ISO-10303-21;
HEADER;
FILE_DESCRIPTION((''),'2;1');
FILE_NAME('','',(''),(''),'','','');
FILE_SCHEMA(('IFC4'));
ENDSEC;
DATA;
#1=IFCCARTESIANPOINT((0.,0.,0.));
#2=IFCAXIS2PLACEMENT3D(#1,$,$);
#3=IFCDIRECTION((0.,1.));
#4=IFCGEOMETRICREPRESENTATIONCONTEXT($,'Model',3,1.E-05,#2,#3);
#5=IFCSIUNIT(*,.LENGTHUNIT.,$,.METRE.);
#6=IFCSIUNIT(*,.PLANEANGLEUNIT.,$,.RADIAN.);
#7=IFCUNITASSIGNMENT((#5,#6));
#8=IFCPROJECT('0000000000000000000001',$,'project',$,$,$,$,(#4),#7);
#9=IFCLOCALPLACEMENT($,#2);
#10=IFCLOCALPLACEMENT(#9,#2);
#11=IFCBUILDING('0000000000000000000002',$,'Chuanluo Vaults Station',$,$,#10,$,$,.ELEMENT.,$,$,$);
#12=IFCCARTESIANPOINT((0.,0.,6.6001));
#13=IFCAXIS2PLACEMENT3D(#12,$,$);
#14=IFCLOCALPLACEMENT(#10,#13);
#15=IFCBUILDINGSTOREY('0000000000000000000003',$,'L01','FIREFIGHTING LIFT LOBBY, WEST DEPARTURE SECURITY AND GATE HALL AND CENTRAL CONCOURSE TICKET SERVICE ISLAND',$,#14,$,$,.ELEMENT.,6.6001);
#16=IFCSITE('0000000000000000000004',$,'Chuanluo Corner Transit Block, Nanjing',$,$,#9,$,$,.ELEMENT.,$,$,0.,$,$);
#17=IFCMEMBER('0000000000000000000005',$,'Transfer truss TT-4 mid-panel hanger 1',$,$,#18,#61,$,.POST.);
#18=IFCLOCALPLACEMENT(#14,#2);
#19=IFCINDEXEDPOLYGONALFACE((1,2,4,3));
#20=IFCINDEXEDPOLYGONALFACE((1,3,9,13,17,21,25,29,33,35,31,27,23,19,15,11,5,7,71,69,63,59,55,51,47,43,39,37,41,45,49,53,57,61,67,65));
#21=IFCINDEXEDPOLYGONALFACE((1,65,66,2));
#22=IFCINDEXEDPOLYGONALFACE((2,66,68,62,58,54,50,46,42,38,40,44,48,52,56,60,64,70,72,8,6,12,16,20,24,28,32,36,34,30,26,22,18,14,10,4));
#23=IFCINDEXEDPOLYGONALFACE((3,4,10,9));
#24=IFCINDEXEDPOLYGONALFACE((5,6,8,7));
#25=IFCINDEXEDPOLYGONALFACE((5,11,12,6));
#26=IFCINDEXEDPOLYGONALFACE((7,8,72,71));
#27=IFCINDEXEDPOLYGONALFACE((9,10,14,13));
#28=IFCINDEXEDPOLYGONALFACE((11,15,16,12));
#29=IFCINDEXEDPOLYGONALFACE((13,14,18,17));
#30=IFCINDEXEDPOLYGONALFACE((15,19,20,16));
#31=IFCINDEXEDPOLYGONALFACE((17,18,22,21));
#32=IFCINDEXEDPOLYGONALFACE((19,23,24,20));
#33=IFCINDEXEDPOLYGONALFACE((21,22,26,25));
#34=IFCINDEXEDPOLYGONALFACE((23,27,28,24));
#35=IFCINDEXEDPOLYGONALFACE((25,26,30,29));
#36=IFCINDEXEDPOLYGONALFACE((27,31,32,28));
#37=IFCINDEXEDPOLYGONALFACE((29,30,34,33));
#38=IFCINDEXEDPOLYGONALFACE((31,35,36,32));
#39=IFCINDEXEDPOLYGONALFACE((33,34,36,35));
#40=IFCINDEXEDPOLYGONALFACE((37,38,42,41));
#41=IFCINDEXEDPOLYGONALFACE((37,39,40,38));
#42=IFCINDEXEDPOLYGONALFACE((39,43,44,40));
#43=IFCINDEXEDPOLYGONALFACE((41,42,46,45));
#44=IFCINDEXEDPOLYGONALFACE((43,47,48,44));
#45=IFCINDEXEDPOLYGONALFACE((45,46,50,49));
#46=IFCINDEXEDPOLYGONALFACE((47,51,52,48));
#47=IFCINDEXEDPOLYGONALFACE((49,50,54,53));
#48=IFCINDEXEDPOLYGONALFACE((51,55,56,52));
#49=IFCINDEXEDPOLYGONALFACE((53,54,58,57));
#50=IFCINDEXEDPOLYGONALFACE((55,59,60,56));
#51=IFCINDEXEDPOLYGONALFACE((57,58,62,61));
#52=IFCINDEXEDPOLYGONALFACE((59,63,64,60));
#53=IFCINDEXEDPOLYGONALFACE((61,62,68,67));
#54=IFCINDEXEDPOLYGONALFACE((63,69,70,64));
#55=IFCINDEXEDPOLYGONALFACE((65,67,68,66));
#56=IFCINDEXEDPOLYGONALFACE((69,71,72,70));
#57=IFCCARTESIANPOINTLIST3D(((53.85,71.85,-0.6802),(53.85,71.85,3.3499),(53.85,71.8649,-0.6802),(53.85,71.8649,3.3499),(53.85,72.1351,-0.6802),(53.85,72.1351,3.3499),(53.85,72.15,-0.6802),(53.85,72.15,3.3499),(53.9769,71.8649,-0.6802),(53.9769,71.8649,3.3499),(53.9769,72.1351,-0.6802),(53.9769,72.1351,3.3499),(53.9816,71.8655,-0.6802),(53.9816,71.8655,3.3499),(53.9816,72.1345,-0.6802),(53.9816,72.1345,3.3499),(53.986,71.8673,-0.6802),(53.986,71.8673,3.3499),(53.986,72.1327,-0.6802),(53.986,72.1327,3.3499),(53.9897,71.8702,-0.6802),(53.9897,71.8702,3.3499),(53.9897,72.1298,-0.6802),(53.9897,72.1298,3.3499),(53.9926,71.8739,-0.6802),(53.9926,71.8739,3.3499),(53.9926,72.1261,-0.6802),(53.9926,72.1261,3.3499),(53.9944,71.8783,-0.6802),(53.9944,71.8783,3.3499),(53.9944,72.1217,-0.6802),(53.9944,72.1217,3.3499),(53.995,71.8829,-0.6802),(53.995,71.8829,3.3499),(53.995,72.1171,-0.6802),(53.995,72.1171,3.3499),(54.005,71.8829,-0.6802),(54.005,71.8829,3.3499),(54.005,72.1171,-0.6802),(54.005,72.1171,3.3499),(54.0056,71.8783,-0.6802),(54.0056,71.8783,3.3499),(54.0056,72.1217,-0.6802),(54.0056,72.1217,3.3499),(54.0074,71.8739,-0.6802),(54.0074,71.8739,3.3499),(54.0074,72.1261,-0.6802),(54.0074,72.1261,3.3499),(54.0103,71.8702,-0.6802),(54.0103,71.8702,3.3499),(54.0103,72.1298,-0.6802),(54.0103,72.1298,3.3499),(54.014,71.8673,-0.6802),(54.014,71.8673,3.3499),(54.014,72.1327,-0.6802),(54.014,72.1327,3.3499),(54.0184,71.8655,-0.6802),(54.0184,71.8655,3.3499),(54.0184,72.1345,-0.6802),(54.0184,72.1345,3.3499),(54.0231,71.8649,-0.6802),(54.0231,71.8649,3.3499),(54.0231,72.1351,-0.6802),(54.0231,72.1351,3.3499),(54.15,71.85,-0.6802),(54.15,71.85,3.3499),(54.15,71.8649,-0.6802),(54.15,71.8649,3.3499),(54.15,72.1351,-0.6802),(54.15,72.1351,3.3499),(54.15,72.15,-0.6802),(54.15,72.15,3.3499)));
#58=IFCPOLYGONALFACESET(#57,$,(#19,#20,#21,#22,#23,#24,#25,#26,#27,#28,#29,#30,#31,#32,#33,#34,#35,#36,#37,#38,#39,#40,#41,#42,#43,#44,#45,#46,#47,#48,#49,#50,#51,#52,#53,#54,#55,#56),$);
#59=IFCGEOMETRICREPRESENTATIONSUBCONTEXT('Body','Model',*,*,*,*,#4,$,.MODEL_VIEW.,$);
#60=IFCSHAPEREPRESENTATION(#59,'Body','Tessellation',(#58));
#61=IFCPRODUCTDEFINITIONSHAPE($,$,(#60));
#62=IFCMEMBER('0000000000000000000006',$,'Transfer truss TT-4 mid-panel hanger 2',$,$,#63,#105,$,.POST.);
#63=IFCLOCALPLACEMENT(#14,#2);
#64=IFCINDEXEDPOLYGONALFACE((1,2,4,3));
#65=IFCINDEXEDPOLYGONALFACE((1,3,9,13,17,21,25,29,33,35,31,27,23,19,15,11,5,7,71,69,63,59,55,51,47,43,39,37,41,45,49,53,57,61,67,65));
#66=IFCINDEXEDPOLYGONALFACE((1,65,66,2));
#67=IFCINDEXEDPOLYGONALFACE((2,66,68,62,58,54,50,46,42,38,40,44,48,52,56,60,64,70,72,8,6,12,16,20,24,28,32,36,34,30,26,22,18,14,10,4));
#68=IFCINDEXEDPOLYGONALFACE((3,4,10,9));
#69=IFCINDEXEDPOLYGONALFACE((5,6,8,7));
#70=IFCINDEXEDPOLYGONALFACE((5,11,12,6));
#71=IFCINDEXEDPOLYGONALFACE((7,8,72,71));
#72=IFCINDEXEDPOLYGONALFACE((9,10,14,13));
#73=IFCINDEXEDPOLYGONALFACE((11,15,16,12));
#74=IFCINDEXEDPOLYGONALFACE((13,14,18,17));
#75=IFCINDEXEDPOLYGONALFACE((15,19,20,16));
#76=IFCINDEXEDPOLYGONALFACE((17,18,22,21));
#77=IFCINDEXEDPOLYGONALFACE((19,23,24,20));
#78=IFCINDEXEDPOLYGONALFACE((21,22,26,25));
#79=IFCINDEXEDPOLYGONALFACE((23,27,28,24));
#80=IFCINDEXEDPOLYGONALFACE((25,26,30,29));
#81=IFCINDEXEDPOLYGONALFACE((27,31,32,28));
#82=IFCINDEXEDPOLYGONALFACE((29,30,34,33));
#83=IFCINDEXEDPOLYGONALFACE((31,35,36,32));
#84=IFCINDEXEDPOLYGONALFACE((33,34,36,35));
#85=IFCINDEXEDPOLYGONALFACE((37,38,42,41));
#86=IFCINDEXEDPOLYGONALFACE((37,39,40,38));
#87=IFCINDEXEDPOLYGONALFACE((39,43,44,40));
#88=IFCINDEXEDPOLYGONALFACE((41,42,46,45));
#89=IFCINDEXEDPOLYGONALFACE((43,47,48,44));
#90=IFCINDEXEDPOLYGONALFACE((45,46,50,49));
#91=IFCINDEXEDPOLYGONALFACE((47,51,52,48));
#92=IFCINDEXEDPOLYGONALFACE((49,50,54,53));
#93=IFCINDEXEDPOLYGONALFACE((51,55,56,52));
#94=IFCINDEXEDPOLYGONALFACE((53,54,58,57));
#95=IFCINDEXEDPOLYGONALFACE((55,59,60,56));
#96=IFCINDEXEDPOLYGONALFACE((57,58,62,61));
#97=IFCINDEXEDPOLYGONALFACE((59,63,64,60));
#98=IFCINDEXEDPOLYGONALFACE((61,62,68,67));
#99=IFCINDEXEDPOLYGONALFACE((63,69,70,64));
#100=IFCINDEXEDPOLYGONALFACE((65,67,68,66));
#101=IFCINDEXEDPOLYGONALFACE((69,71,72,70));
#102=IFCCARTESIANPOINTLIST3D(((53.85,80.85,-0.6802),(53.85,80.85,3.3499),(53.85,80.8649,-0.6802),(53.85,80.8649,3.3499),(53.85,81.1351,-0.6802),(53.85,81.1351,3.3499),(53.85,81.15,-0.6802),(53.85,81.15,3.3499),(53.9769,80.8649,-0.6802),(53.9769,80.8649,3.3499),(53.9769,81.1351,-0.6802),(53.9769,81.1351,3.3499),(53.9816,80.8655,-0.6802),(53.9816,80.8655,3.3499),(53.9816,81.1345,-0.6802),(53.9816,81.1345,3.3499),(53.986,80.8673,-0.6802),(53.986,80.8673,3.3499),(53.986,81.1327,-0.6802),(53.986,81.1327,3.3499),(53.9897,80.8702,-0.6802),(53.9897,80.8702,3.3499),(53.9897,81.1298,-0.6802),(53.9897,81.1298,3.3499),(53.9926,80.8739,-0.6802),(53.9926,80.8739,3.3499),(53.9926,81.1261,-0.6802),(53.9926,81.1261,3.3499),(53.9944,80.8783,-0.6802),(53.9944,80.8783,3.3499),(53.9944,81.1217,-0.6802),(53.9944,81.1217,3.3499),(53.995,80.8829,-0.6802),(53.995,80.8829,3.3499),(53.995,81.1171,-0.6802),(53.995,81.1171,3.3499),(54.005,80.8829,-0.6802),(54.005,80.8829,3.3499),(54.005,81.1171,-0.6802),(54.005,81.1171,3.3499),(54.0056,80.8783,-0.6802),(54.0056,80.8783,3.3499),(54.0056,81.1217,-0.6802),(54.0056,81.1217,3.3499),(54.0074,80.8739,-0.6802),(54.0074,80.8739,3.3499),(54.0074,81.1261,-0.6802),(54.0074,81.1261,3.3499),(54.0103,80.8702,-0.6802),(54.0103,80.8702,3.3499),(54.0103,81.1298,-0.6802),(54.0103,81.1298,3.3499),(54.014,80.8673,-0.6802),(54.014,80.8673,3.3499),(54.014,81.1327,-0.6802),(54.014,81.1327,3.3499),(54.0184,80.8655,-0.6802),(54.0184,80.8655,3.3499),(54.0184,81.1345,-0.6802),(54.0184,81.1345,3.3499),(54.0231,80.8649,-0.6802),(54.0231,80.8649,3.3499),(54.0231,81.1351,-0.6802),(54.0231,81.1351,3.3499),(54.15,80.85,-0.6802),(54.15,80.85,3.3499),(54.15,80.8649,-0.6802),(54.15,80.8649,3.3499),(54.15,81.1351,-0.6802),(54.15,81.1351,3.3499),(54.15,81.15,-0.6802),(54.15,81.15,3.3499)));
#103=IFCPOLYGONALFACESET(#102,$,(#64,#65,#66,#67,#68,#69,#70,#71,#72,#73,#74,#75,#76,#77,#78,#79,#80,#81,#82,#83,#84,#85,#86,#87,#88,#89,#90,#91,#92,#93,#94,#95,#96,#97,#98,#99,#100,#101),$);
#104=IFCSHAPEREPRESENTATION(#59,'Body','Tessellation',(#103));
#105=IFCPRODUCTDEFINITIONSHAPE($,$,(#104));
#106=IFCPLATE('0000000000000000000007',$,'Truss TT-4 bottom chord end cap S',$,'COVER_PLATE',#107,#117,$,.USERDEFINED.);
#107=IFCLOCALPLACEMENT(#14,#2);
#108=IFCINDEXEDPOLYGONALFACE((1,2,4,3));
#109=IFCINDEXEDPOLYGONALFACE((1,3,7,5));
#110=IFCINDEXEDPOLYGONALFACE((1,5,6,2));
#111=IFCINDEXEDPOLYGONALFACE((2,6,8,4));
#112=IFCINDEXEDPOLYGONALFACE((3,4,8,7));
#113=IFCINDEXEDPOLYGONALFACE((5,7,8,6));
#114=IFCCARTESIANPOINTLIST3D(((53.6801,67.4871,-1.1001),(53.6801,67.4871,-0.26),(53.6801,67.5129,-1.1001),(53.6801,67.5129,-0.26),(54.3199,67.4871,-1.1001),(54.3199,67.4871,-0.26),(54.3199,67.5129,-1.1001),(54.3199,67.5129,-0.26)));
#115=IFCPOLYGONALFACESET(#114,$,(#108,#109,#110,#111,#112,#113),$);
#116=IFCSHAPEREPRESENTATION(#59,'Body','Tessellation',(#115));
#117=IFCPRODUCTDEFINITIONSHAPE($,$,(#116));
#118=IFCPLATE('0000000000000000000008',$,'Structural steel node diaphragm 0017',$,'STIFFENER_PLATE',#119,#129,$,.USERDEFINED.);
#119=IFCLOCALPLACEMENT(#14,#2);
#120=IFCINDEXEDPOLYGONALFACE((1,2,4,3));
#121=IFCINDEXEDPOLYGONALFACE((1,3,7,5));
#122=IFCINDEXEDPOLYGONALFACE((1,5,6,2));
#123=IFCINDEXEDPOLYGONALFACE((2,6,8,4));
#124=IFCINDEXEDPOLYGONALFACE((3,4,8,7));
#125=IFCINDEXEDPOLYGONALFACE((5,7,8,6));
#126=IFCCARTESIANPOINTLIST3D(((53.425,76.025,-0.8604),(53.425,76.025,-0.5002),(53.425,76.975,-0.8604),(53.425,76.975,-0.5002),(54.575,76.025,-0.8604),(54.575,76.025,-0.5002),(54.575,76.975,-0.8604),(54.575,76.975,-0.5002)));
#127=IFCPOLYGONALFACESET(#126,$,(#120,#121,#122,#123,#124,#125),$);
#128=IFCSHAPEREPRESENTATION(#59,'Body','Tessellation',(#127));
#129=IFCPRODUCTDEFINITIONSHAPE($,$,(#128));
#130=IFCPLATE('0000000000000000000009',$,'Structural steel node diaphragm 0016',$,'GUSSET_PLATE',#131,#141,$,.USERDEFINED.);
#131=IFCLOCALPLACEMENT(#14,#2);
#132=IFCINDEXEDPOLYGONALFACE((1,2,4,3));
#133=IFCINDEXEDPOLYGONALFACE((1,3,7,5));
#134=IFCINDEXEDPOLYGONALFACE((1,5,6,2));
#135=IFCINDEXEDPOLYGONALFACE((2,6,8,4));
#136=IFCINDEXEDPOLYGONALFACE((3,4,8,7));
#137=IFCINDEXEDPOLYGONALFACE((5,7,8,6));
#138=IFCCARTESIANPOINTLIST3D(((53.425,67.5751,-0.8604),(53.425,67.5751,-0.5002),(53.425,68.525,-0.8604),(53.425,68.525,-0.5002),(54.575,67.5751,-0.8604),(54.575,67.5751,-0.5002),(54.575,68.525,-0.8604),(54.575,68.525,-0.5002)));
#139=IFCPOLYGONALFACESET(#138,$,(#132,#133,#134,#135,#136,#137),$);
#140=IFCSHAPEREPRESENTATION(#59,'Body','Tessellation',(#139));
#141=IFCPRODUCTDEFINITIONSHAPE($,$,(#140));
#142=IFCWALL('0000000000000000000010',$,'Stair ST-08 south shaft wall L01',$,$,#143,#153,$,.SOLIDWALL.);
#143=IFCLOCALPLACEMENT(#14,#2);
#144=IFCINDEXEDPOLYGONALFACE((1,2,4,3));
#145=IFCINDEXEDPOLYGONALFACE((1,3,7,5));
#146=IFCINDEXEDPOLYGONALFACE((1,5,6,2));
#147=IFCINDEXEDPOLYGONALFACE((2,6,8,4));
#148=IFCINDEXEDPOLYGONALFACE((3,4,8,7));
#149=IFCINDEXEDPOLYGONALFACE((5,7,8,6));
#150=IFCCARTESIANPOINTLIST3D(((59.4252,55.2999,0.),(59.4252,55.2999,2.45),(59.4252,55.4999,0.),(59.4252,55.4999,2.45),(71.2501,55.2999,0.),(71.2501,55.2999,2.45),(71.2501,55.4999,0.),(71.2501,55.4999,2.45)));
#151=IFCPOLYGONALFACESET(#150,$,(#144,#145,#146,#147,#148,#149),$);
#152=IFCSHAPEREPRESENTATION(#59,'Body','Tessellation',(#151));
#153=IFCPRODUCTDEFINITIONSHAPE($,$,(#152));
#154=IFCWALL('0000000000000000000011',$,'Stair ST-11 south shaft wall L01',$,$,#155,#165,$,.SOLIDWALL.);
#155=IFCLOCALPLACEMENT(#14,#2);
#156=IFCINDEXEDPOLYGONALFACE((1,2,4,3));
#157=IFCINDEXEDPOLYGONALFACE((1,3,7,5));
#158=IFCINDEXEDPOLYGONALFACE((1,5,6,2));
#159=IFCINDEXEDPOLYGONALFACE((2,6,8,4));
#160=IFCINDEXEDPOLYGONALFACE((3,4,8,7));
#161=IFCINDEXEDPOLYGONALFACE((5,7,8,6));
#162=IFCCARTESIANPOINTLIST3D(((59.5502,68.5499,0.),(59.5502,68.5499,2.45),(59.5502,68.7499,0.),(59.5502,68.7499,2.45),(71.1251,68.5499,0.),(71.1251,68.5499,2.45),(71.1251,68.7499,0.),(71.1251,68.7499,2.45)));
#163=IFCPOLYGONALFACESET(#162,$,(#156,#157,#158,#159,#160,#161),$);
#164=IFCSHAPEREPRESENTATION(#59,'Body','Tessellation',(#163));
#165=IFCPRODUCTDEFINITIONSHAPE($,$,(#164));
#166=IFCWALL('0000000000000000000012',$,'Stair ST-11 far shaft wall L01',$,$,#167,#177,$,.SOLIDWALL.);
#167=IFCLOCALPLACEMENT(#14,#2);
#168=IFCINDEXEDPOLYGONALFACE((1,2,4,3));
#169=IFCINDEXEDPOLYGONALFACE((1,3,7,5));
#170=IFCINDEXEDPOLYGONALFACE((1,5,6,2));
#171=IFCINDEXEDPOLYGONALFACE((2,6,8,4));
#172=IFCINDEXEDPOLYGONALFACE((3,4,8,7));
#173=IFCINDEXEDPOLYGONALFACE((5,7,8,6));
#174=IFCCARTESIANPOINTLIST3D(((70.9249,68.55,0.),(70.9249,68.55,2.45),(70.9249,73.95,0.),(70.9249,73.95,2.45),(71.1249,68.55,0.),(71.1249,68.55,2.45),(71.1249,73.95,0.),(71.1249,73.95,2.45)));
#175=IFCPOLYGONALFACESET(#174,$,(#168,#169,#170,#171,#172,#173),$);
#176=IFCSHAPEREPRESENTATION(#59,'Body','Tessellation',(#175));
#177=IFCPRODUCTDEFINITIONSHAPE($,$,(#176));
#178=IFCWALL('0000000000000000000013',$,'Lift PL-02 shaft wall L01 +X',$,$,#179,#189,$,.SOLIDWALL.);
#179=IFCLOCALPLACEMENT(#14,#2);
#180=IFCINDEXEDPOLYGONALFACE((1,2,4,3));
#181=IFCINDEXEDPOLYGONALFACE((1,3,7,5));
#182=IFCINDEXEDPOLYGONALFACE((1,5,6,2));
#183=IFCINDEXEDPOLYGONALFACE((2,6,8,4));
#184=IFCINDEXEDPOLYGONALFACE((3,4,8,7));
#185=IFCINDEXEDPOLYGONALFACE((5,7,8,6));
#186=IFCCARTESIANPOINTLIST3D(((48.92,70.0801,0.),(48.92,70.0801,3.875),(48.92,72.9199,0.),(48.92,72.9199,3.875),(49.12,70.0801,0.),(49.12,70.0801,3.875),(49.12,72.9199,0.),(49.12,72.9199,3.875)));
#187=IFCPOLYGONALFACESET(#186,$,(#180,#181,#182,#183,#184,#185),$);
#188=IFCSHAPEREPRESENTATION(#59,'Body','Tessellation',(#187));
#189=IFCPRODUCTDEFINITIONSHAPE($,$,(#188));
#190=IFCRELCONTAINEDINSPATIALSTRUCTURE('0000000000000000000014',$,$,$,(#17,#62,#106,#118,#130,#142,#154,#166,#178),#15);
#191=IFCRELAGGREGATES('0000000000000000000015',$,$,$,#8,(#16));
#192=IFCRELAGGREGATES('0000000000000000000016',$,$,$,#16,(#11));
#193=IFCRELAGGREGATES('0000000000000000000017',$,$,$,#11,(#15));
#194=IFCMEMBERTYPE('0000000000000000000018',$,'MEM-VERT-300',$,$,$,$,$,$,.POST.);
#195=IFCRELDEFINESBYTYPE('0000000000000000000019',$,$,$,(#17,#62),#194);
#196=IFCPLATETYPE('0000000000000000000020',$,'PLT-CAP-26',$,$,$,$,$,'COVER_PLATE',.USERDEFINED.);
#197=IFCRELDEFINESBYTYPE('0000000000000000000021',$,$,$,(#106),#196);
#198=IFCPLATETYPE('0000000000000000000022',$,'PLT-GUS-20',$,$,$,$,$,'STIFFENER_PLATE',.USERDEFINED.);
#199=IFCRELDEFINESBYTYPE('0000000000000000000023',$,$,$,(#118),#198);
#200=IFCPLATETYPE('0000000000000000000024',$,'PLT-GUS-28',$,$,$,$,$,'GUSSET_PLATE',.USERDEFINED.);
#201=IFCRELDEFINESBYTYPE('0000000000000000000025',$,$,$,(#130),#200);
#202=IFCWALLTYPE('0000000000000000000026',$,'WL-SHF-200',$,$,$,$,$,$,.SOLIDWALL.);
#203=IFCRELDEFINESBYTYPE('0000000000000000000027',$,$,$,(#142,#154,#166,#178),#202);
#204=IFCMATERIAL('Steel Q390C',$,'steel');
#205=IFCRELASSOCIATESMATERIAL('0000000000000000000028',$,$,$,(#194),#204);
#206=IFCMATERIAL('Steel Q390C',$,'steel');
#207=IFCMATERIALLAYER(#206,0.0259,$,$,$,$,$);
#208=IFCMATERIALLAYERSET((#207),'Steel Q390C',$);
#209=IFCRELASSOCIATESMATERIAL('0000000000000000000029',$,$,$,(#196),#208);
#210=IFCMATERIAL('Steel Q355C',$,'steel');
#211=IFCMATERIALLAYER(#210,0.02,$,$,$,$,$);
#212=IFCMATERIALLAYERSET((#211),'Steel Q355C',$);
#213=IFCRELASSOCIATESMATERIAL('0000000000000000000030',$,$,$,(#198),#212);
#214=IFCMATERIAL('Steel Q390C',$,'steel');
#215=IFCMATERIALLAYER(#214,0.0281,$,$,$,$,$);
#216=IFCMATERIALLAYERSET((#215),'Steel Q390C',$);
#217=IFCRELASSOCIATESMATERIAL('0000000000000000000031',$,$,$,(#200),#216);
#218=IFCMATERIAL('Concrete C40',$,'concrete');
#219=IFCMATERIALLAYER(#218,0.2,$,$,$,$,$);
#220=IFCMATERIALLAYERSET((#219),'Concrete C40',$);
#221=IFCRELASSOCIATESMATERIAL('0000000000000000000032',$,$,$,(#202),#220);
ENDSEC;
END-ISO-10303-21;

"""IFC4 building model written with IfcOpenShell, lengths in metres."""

from ifc_helpers import new_model, si_unit, direction, frame, frame_2d, origin, origin_2d, place, context, subcontext, project, spatial, rectangle, i_section, extrude, material, layer, layer_set, material_profile, profile_set, type_object, element, save


model = new_model("IFC4")

# Units and contexts
model_context = context("Model", 3, precision=1e-05, world=origin(), true_north=direction((0.0, 1.0)))
body_context = subcontext(model_context, "Body", "Model", "MODEL_VIEW")
ifc_project = project(units=[si_unit("LENGTHUNIT", "METRE"), si_unit("PLANEANGLEUNIT", "RADIAN")], contexts=[model_context])

# Site, building, storey
site_placement = place(None, origin())
site = spatial("IfcSite", under=ifc_project, at=site_placement, Name="Chuanluo Corner Transit Block, Nanjing", CompositionType="ELEMENT", RefElevation=0.0)
building_placement = place(site_placement, origin())
building = spatial("IfcBuilding", under=site, at=building_placement, Name="Chuanluo Vaults Station", CompositionType="ELEMENT")
storey_placement = place(building_placement, frame((0.0, 0.0, 6.6001)))
storey = spatial("IfcBuildingStorey", under=building, at=storey_placement, Name="L01", Description="FIREFIGHTING LIFT LOBBY, WEST DEPARTURE SECURITY AND GATE HALL AND CENTRAL CONCOURSE TICKET SERVICE ISLAND", CompositionType="ELEMENT", Elevation=6.6001)

# Members
ifc_material_1 = material(Name="Steel Q390C", Category="steel")
ifc_material_profile_1 = material_profile(ifc_material_1, i_section(OverallWidth=0.3, OverallDepth=0.3, WebThickness=0.01, FlangeThickness=0.0149, FilletRadius=0.0181, at=origin_2d()))
ifc_profile_set_1 = profile_set([ifc_material_profile_1], Name="Steel Q390C")
member_type_1 = type_object("IfcMemberType", Name="MEM-VERT-300", PredefinedType="POST", material=ifc_profile_set_1)
for number, where, z_axis, x_axis, name in (
    (1, (54.0, 72.0, -0.6802), (0.0, 0.0, 1.0), (1.0, 0.0, 0.0), "Transfer truss TT-4 mid-panel hanger 1"),
    (2, (54.0, 81.0, -0.6802), (0.0, 0.0, 1.0), (1.0, 0.0, 0.0), "Transfer truss TT-4 mid-panel hanger 2"),
):
    element("IfcMember", number, at=place(storey_placement, frame(where, z_axis=z_axis, x_axis=x_axis)), inside=storey, type_object=member_type_1, Name=name, PredefinedType="POST", context=body_context, shape_type="SweptSolid", body=[
        extrude(i_section(OverallWidth=0.3, OverallDepth=0.3, WebThickness=0.01, FlangeThickness=0.0149, FilletRadius=0.0181, at=origin_2d()), origin(), (0.0, 0.0, 1.0), 4.03),
    ])

# Plates
ifc_material_2 = material(Name="Steel Q390C", Category="steel")
ifc_layer_1 = layer(ifc_material_2, 0.0259)
ifc_layer_set_1 = layer_set([ifc_layer_1], Name="Steel Q390C")
plate_type_1 = type_object("IfcPlateType", Name="PLT-CAP-26", ElementType="COVER_PLATE", PredefinedType="USERDEFINED", material=ifc_layer_set_1)
plate_1_placement = place(storey_placement, frame((54.0, 67.5, -1.1001), z_axis=(0.0, 0.0, 1.0), x_axis=(1.0, 0.0, 0.0)))
element("IfcPlate", 3, at=plate_1_placement, inside=storey, type_object=plate_type_1, Name="Truss TT-4 bottom chord end cap S", ObjectType="COVER_PLATE", PredefinedType="USERDEFINED", context=body_context, shape_type="SweptSolid", body=[
    extrude(rectangle(XDim=0.6399, YDim=0.0259, at=origin_2d()), origin(), (0.0, 0.0, 1.0), 0.8401),
])
ifc_material_3 = material(Name="Steel Q355C", Category="steel")
ifc_layer_2 = layer(ifc_material_3, 0.02)
ifc_layer_set_2 = layer_set([ifc_layer_2], Name="Steel Q355C")
plate_type_2 = type_object("IfcPlateType", Name="PLT-GUS-20", ElementType="STIFFENER_PLATE", PredefinedType="USERDEFINED", material=ifc_layer_set_2)
plate_2_placement = place(storey_placement, frame((54.0, 76.5, -0.8604), z_axis=(0.0, 0.0, 1.0), x_axis=(1.0, 0.0, 0.0)))
element("IfcPlate", 4, at=plate_2_placement, inside=storey, type_object=plate_type_2, Name="Structural steel node diaphragm 0017", ObjectType="STIFFENER_PLATE", PredefinedType="USERDEFINED", context=body_context, shape_type="SweptSolid", body=[
    extrude(rectangle(XDim=1.1499, YDim=0.95, at=origin_2d()), origin(), (0.0, 0.0, 1.0), 0.3601),
])
ifc_material_4 = material(Name="Steel Q390C", Category="steel")
ifc_layer_3 = layer(ifc_material_4, 0.0281)
ifc_layer_set_3 = layer_set([ifc_layer_3], Name="Steel Q390C")
plate_type_3 = type_object("IfcPlateType", Name="PLT-GUS-28", ElementType="GUSSET_PLATE", PredefinedType="USERDEFINED", material=ifc_layer_set_3)
plate_3_placement = place(storey_placement, frame((54.0, 68.05, -0.8604), z_axis=(0.0, 0.0, 1.0), x_axis=(1.0, 0.0, 0.0)))
element("IfcPlate", 5, at=plate_3_placement, inside=storey, type_object=plate_type_3, Name="Structural steel node diaphragm 0016", ObjectType="GUSSET_PLATE", PredefinedType="USERDEFINED", context=body_context, shape_type="SweptSolid", body=[
    extrude(rectangle(XDim=1.1499, YDim=0.95, at=origin_2d()), origin(), (0.0, 0.0, 1.0), 0.3601),
])

# Wall
ifc_material_5 = material(Name="Concrete C40", Category="concrete")
ifc_layer_4 = layer(ifc_material_5, 0.2)
ifc_layer_set_4 = layer_set([ifc_layer_4], Name="Concrete C40")
wall_type = type_object("IfcWallType", Name="WL-SHF-200", PredefinedType="SOLIDWALL", material=ifc_layer_set_4)
wall_1_placement = place(storey_placement, frame((59.425, 55.3999, 0.0), z_axis=(0.0, 0.0, 1.0), x_axis=(1.0, 0.0, 0.0)))
element("IfcWall", 6, at=wall_1_placement, inside=storey, type_object=wall_type, Name="Stair ST-08 south shaft wall L01", PredefinedType="SOLIDWALL", context=body_context, shape_type="SweptSolid", body=[
    extrude(rectangle(XDim=11.825, YDim=0.2, at=frame_2d((5.9126, 0.0))), origin(), (0.0, 0.0, 1.0), 2.45),
])

# Walls
wall_2_placement = place(storey_placement, frame((59.55, 68.6499, 0.0), z_axis=(0.0, 0.0, 1.0), x_axis=(1.0, 0.0, 0.0)))
element("IfcWall", 7, at=wall_2_placement, inside=storey, type_object=wall_type, Name="Stair ST-11 south shaft wall L01", PredefinedType="SOLIDWALL", context=body_context, shape_type="SweptSolid", body=[
    extrude(rectangle(XDim=11.575, YDim=0.2, at=frame_2d((5.7876, 0.0))), origin(), (0.0, 0.0, 1.0), 2.45),
])
wall_3_placement = place(storey_placement, frame((71.0249, 68.55, 0.0), z_axis=(0.0, 0.0, 1.0), x_axis=(0.0, 1.0, 0.0)))
element("IfcWall", 8, at=wall_3_placement, inside=storey, type_object=wall_type, Name="Stair ST-11 far shaft wall L01", PredefinedType="SOLIDWALL", context=body_context, shape_type="SweptSolid", body=[
    extrude(rectangle(XDim=5.3999, YDim=0.2, at=frame_2d((2.7, 0.0))), origin(), (0.0, 0.0, 1.0), 2.45),
])

# Wall
wall_4_placement = place(storey_placement, frame((49.02, 70.0801, 0.0), z_axis=(0.0, 0.0, 1.0), x_axis=(0.0, 1.0, 0.0)))
element("IfcWall", 9, at=wall_4_placement, inside=storey, type_object=wall_type, Name="Lift PL-02 shaft wall L01 +X", PredefinedType="SOLIDWALL", context=body_context, shape_type="SweptSolid", body=[
    extrude(rectangle(XDim=2.8398, YDim=0.2, at=frame_2d((1.4199, 0.0))), origin(), (0.0, 0.0, 1.0), 3.875),
])

save(model, "model.ifc")
